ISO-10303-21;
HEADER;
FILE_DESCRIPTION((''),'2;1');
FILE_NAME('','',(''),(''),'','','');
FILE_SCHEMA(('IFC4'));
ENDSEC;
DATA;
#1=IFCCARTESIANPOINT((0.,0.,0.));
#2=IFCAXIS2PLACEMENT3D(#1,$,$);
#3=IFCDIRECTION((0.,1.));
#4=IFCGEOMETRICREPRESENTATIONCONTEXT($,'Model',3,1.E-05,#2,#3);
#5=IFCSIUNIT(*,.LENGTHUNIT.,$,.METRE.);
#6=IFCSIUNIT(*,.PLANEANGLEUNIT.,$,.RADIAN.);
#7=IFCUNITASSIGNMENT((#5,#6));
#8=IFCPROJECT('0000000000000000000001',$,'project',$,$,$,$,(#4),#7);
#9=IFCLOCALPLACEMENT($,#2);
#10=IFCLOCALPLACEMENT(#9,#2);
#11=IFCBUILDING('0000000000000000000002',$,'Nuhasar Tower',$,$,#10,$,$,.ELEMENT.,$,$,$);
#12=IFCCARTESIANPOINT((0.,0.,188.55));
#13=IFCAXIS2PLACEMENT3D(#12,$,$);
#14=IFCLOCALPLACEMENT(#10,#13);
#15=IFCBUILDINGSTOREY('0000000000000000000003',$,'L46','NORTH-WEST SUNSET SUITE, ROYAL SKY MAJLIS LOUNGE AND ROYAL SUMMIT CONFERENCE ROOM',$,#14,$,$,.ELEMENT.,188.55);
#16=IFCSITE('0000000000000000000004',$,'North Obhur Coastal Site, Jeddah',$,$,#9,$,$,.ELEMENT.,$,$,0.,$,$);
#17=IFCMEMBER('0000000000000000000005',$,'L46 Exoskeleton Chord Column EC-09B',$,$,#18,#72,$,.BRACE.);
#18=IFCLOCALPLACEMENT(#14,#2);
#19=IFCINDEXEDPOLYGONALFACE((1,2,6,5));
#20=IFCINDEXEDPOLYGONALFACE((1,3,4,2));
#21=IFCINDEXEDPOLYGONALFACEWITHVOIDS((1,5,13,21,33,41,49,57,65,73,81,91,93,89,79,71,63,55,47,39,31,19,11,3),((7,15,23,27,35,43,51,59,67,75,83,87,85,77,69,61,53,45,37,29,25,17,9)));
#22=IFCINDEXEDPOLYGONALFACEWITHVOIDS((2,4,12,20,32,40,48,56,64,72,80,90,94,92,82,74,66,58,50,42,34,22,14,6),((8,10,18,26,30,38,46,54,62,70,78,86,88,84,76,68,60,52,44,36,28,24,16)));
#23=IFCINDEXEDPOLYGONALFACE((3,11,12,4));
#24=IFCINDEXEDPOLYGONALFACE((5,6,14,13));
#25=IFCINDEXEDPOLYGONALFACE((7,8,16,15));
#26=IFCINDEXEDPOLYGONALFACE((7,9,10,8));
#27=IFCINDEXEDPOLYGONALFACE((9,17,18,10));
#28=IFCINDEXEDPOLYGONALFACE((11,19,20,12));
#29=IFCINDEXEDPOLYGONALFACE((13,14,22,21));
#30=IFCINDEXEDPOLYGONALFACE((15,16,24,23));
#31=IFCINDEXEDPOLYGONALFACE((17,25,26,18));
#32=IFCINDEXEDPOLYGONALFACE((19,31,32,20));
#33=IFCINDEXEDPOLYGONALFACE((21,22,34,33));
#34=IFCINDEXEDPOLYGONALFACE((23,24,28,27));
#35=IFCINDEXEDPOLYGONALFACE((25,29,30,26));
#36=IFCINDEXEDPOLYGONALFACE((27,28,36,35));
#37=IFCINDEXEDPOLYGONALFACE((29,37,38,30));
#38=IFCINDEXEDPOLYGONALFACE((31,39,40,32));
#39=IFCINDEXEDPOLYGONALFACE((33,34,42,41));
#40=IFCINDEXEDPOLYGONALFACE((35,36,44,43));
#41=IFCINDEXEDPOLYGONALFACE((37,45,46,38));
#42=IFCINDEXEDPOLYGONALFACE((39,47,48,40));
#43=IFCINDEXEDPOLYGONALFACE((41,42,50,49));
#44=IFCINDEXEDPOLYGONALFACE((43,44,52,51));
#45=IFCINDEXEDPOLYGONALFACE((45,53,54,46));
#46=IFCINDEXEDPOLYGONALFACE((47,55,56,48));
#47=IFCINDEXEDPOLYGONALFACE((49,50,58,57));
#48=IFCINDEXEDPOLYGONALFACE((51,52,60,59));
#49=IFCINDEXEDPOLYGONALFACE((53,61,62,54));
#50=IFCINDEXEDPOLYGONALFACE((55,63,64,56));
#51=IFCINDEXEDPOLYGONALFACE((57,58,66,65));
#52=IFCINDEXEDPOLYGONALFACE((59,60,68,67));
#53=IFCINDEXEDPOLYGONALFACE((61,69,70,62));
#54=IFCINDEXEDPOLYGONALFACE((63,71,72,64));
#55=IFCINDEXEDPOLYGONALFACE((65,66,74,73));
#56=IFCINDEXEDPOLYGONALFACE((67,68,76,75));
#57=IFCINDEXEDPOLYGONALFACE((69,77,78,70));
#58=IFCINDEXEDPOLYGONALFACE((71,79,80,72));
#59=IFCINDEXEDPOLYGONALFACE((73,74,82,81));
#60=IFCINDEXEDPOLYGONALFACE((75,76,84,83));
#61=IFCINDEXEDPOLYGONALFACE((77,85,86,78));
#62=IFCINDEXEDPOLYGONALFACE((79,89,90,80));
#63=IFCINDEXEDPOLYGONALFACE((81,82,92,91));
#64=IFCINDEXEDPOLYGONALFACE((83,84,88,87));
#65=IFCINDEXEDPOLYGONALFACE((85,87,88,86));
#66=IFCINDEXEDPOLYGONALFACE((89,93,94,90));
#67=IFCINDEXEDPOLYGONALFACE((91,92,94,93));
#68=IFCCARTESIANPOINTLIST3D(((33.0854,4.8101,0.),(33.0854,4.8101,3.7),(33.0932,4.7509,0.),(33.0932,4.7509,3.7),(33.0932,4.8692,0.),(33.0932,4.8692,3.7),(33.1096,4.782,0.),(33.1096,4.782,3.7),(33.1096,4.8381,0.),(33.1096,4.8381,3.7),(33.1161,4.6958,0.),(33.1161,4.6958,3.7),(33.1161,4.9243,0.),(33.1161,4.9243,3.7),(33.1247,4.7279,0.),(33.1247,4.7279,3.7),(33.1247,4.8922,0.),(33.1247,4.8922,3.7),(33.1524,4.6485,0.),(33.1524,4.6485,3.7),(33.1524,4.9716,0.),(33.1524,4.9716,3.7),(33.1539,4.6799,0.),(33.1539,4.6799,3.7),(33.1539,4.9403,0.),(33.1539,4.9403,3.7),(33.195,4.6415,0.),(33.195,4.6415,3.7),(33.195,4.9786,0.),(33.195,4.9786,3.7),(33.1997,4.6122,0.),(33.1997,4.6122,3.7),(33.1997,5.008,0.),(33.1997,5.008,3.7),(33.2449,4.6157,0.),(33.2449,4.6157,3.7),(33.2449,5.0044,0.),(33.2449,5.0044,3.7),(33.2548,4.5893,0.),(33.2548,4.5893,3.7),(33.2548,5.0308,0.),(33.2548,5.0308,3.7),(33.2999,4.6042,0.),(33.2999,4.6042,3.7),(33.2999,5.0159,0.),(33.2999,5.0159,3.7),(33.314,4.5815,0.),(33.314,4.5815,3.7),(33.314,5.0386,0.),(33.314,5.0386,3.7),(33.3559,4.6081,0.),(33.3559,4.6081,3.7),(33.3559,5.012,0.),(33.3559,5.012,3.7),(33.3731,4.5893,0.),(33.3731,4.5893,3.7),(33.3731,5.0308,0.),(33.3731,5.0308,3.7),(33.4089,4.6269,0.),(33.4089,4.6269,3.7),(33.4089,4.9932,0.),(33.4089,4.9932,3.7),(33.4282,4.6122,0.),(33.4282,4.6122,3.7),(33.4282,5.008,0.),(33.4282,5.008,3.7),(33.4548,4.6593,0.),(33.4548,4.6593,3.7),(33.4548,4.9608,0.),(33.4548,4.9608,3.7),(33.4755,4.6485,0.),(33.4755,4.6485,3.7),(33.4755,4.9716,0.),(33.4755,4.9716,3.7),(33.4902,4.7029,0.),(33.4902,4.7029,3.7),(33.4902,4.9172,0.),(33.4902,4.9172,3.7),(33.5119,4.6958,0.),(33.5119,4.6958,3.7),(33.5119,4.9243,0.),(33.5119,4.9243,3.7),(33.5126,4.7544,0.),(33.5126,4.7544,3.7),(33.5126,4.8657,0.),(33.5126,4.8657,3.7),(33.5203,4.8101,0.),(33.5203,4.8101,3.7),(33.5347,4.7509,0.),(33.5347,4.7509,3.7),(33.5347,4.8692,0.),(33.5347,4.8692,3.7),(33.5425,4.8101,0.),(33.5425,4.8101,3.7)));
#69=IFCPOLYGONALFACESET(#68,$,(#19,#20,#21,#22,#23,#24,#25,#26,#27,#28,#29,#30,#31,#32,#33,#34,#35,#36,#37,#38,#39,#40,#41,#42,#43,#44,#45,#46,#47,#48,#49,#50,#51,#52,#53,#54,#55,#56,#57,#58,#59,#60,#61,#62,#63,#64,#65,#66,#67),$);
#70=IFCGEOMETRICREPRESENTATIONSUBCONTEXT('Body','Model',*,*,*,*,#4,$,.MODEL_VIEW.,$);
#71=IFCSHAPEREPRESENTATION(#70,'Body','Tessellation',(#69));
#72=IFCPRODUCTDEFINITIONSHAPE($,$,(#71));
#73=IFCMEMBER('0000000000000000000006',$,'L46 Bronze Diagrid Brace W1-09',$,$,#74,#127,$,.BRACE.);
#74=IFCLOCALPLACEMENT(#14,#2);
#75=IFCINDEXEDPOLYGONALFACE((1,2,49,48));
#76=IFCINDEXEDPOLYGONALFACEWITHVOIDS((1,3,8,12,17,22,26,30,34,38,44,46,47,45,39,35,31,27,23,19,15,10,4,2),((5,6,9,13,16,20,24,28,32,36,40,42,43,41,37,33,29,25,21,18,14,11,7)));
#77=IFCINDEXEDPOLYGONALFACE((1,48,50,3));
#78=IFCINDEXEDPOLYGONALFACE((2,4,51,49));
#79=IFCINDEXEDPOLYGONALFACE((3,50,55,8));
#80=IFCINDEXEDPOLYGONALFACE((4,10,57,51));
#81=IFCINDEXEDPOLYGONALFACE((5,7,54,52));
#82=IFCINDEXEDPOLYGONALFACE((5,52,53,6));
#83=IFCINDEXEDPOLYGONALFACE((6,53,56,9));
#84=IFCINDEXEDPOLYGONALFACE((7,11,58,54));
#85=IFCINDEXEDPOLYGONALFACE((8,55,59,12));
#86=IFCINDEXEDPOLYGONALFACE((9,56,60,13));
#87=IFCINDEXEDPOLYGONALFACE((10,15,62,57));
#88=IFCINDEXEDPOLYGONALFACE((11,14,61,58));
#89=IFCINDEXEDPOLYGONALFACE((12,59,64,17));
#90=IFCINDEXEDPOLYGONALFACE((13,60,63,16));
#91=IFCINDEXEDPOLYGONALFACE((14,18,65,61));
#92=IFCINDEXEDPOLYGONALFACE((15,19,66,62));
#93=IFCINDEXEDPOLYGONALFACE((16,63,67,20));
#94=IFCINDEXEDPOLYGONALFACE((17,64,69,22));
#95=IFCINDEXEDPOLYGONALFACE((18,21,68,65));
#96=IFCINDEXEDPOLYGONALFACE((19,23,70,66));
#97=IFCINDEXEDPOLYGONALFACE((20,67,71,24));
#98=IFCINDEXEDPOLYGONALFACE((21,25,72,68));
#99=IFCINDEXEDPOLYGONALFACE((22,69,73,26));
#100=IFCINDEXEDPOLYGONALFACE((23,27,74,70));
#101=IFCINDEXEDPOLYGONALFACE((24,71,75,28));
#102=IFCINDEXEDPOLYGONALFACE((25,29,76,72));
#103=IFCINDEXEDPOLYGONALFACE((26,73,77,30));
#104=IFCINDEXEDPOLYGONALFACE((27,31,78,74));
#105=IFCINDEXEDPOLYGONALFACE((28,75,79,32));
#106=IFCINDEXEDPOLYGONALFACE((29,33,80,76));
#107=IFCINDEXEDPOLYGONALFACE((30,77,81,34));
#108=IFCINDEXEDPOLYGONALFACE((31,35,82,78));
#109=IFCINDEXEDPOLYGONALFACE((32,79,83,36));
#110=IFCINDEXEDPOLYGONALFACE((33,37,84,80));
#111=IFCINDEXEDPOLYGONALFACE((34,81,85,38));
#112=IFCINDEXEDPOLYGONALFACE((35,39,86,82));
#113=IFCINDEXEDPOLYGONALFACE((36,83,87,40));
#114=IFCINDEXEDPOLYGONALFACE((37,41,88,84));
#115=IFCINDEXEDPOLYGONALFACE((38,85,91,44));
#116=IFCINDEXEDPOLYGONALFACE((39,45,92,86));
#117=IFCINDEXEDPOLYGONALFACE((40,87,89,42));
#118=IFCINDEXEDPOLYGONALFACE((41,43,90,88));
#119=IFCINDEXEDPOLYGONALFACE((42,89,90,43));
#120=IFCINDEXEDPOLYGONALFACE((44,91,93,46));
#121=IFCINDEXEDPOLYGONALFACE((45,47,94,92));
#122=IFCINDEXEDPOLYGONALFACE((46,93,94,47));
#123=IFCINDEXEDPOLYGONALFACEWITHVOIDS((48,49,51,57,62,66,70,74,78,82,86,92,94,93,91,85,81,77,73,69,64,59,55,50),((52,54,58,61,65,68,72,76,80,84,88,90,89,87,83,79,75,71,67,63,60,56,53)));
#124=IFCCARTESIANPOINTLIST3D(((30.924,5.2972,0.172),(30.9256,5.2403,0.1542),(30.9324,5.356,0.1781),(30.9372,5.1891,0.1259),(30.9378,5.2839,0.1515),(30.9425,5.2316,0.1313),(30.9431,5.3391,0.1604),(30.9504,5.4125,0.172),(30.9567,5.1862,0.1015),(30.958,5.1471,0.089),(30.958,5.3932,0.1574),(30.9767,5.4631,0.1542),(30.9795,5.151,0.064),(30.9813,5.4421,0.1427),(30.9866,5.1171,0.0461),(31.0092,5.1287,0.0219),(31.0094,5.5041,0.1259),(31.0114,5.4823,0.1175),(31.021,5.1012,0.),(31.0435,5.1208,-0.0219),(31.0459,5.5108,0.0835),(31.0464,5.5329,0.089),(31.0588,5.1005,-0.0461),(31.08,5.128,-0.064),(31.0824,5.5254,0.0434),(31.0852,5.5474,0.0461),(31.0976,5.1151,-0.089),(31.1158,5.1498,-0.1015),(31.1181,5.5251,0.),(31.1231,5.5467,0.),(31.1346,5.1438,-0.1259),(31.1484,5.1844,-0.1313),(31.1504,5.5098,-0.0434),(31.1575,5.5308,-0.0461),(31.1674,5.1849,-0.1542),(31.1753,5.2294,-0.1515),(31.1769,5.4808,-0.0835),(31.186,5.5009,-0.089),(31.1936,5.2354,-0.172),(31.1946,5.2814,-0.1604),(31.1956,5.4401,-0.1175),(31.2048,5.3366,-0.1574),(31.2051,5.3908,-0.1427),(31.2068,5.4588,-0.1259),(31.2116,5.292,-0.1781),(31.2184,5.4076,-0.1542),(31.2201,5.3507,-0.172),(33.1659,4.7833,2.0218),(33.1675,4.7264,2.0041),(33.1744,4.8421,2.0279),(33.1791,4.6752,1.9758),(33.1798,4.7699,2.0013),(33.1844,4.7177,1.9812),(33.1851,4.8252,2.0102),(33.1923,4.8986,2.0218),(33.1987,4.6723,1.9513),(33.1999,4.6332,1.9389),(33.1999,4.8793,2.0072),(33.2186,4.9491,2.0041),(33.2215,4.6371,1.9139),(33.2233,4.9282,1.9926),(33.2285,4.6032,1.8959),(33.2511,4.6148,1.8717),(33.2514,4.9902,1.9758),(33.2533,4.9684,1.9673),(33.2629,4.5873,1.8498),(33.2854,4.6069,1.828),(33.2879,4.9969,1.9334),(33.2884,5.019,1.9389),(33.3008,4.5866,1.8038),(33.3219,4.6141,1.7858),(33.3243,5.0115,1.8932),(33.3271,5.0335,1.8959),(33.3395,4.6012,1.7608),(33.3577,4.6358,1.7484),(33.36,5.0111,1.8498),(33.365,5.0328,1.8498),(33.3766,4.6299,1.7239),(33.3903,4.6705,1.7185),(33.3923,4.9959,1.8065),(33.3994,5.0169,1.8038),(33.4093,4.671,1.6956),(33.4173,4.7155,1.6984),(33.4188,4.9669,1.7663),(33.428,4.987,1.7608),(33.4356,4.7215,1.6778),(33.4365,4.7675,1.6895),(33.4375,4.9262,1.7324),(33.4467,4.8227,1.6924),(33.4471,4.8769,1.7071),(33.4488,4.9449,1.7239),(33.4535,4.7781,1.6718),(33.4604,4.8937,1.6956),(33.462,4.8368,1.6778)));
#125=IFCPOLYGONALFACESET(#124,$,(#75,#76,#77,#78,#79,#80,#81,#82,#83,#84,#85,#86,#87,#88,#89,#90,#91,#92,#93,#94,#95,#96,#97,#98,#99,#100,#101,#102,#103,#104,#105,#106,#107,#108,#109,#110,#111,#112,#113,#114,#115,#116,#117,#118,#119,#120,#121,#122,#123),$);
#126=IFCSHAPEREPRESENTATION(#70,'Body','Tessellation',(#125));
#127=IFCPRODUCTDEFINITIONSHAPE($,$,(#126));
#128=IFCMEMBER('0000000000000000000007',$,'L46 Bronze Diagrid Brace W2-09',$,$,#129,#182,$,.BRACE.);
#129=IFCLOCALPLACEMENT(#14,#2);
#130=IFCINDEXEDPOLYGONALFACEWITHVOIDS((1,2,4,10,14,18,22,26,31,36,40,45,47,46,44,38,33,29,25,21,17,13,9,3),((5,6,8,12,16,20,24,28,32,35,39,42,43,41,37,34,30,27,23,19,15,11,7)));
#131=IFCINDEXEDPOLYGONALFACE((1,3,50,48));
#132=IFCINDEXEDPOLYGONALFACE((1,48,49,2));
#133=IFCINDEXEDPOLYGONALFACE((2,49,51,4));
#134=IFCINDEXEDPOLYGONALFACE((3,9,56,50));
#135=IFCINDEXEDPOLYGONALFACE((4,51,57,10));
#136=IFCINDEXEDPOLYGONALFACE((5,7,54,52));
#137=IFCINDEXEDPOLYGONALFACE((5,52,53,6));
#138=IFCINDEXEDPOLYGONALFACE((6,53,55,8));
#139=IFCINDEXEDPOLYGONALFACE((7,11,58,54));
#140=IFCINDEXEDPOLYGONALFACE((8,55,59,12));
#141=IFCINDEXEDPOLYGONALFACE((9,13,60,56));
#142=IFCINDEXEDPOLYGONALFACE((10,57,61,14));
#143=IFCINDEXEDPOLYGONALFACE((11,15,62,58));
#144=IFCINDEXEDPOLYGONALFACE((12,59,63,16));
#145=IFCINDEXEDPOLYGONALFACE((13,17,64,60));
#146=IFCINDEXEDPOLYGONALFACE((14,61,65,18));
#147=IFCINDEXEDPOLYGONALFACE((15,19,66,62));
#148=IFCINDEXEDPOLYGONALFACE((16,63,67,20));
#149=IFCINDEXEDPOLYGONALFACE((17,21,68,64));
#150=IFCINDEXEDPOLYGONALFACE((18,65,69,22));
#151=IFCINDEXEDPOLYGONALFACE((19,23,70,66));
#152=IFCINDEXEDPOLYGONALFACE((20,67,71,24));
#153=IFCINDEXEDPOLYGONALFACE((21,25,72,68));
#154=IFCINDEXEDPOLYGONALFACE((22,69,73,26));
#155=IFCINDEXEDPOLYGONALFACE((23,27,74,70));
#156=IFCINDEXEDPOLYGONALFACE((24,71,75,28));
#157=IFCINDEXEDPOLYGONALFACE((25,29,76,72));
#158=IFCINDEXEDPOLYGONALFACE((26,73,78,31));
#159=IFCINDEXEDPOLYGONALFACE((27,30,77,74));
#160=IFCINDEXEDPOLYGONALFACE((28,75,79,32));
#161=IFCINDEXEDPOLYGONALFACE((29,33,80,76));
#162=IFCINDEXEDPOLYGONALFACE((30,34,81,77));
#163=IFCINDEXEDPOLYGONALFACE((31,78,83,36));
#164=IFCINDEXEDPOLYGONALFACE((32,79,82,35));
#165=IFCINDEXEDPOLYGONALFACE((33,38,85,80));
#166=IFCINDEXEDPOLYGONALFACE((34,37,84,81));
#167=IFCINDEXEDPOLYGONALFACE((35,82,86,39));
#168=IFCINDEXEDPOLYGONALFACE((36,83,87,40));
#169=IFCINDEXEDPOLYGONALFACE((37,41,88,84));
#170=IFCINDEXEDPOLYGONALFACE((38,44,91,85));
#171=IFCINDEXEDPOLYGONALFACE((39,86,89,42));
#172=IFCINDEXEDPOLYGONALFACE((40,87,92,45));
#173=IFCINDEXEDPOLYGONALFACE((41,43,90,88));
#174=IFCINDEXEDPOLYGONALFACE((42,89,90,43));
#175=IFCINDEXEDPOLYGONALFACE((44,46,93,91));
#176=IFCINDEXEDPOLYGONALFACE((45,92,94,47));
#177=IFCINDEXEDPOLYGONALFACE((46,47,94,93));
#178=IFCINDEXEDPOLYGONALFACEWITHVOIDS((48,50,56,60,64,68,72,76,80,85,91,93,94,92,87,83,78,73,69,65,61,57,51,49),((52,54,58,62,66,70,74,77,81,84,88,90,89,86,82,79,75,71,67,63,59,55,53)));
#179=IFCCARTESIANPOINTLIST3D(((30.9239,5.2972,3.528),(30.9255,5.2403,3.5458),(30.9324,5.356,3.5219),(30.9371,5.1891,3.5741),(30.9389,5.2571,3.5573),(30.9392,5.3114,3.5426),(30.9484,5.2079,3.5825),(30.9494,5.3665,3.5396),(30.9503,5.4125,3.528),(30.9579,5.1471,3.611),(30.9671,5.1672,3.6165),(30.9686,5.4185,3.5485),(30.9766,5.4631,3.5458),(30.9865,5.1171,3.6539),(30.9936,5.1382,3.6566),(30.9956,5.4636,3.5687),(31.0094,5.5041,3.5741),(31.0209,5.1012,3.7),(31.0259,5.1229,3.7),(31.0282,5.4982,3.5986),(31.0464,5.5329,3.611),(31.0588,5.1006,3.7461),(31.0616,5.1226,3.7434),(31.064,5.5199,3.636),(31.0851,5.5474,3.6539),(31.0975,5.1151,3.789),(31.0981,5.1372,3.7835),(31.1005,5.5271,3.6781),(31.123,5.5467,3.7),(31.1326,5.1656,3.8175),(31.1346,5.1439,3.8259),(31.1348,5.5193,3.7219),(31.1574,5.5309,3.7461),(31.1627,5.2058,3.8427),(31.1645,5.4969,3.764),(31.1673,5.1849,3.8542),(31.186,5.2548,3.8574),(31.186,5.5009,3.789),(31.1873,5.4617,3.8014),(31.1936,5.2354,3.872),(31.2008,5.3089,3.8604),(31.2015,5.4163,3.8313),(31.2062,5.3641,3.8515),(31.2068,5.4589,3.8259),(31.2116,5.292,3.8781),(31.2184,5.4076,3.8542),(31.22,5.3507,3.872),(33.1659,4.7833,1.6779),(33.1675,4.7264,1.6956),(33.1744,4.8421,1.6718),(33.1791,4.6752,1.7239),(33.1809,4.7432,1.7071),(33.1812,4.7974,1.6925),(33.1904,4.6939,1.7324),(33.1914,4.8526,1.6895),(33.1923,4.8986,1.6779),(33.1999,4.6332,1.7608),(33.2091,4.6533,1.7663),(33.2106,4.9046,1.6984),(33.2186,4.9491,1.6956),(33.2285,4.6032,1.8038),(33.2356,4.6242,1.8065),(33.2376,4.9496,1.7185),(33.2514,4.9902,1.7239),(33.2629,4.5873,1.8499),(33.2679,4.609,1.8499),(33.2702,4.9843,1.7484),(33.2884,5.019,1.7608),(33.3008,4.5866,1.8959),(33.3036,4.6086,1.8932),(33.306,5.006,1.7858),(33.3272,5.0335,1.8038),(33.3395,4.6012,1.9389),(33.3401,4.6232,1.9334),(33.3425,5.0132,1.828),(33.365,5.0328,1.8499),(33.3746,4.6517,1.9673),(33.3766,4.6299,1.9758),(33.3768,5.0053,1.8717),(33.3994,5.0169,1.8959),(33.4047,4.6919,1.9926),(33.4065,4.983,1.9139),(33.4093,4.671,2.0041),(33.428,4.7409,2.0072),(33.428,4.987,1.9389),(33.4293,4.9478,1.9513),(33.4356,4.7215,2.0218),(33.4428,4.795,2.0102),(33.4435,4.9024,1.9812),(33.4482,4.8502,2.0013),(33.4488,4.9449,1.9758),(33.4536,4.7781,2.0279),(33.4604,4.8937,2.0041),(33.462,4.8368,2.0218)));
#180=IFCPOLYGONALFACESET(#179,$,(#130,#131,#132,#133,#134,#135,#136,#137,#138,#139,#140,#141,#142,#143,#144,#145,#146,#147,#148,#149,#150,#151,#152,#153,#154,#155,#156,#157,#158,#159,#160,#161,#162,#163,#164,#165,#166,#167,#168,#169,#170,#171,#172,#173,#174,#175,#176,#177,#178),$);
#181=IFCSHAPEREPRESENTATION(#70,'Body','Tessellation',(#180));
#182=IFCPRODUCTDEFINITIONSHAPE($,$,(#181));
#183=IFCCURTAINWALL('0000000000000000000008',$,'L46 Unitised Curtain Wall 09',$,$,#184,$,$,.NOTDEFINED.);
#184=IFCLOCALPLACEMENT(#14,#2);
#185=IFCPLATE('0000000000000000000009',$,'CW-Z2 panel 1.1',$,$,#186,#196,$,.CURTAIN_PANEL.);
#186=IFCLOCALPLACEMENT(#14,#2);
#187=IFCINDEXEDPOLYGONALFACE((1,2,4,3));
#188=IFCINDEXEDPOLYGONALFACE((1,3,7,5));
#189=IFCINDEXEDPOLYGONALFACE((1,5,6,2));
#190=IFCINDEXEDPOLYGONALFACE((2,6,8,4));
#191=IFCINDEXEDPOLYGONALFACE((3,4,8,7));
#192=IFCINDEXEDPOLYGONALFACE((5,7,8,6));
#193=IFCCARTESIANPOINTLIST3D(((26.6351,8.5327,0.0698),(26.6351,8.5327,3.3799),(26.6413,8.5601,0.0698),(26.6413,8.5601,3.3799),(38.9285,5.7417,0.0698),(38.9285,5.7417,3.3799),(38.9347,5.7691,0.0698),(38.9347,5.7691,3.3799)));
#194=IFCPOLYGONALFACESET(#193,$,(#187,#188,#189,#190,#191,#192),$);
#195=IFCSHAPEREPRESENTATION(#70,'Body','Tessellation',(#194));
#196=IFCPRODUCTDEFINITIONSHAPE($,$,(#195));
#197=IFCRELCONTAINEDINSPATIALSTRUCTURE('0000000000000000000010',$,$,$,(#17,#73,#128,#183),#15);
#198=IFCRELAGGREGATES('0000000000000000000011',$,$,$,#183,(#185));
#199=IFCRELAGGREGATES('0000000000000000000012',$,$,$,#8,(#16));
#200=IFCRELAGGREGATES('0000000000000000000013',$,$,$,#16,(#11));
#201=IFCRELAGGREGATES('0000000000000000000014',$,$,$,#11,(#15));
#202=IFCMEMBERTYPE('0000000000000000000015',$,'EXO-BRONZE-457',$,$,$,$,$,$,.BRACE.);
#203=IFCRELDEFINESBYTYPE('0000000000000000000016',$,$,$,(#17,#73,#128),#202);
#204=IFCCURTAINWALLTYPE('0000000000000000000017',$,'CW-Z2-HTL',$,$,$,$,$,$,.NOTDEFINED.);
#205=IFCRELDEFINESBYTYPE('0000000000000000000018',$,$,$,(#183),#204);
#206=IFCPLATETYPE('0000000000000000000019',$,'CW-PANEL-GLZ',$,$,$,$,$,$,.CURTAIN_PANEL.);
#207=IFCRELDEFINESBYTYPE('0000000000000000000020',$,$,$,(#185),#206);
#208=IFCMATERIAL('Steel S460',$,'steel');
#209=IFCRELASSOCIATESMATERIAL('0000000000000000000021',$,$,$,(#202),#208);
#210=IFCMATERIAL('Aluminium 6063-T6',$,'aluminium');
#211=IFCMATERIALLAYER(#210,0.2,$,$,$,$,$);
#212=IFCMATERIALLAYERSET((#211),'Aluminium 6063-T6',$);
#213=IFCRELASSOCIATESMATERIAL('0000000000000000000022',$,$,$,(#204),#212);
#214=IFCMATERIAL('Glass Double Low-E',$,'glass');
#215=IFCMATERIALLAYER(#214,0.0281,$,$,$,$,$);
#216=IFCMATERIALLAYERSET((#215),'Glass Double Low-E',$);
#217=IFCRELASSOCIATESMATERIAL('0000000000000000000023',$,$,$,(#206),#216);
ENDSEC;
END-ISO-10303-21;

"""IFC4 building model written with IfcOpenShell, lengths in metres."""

from ifc_helpers import new_model, si_unit, direction, frame, origin, origin_2d, place, context, subcontext, project, spatial, rectangle, hollow_circle, extrude, material, layer, layer_set, material_profile, profile_set, type_object, element, aggregate, save


model = new_model("IFC4")

# Units and contexts
model_context = context("Model", 3, precision=1e-05, world=origin(), true_north=direction((0.0, 1.0)))
body_context = subcontext(model_context, "Body", "Model", "MODEL_VIEW")
ifc_project = project(units=[si_unit("LENGTHUNIT", "METRE"), si_unit("PLANEANGLEUNIT", "RADIAN")], contexts=[model_context])

# Site, building, storey
site_placement = place(None, origin())
site = spatial("IfcSite", under=ifc_project, at=site_placement, Name="North Obhur Coastal Site, Jeddah", CompositionType="ELEMENT", RefElevation=0.0)
building_placement = place(site_placement, origin())
building = spatial("IfcBuilding", under=site, at=building_placement, Name="Nuhasar Tower", CompositionType="ELEMENT")
storey_placement = place(building_placement, frame((0.0, 0.0, 188.55)))
storey = spatial("IfcBuildingStorey", under=building, at=storey_placement, Name="L46", Description="NORTH-WEST SUNSET SUITE, ROYAL SKY MAJLIS LOUNGE AND ROYAL SUMMIT CONFERENCE ROOM", CompositionType="ELEMENT", Elevation=188.55)

# Members
ifc_material_1 = material(Name="Steel S460", Category="steel")
ifc_material_profile_1 = material_profile(ifc_material_1, hollow_circle(Radius=0.2285, WallThickness=0.0222, at=origin_2d()), Name="HSS457X22.2")
ifc_profile_set_1 = profile_set([ifc_material_profile_1], Name="Steel S460")
member_type = type_object("IfcMemberType", Name="EXO-BRONZE-457", PredefinedType="BRACE", material=ifc_profile_set_1)
for number, where, z_axis, x_axis, name in (
    (1, (33.314, 4.8101, 0.0), (0.0, 0.0, 1.0), (1.0, 0.0, 0.0), "L46 Exoskeleton Chord Column EC-09B"),
):
    element("IfcMember", number, at=place(storey_placement, frame(where, z_axis=z_axis, x_axis=x_axis)), inside=storey, type_object=member_type, Name=name, PredefinedType="BRACE", context=body_context, shape_type="SweptSolid", body=[
        extrude(hollow_circle(Radius=0.2285, WallThickness=0.0222, at=origin_2d()), origin(), (0.0, 0.0, 1.0), 3.7),
    ])
member_1_placement = place(storey_placement, frame((31.072, 5.324, 0.0), z_axis=(0.75955, -0.17411, 0.626713), x_axis=(0.223433, 0.974719, 0.0)))
element("IfcMember", 2, at=member_1_placement, inside=storey, type_object=member_type, Name="L46 Bronze Diagrid Brace W1-09", PredefinedType="BRACE", context=body_context, shape_type="SweptSolid", body=[
    extrude(hollow_circle(Radius=0.2285, WallThickness=0.0222, at=origin_2d()), origin(), (0.0, 0.0, 1.0), 2.9517),
])
member_2_placement = place(storey_placement, frame((33.314, 4.8101, 1.8499), z_axis=(-0.75951, 0.174101, 0.626764), x_axis=(-0.223433, -0.974719, 0.0)))
element("IfcMember", 3, at=member_2_placement, inside=storey, type_object=member_type, Name="L46 Bronze Diagrid Brace W2-09", PredefinedType="BRACE", context=body_context, shape_type="SweptSolid", body=[
    extrude(hollow_circle(Radius=0.2285, WallThickness=0.0222, at=origin_2d()), origin(), (0.0, 0.0, 1.0), 2.9519),
])

# Curtain wall, plate
ifc_material_2 = material(Name="Aluminium 6063-T6", Category="aluminium")
ifc_layer_1 = layer(ifc_material_2, 0.2)
ifc_layer_set_1 = layer_set([ifc_layer_1], Name="Aluminium 6063-T6")
curtain_wall_type = type_object("IfcCurtainWallType", Name="CW-Z2-HTL", PredefinedType="NOTDEFINED", material=ifc_layer_set_1)
curtain_wall_placement = place(storey_placement, origin())
curtain_wall = element("IfcCurtainWall", 4, at=curtain_wall_placement, inside=storey, type_object=curtain_wall_type, Name="L46 Unitised Curtain Wall 09", PredefinedType="NOTDEFINED")
ifc_material_3 = material(Name="Glass Double Low-E", Category="glass")
ifc_layer_2 = layer(ifc_material_3, 0.0281)
ifc_layer_set_2 = layer_set([ifc_layer_2], Name="Glass Double Low-E")
plate_type = type_object("IfcPlateType", Name="CW-PANEL-GLZ", PredefinedType="CURTAIN_PANEL", material=ifc_layer_set_2)
plate_placement = place(storey_placement, frame((32.7849, 7.1509, 0.0698), z_axis=(0.0, 0.0, 1.0), x_axis=(0.975184, -0.221397, 0.0)))
plate = element("IfcPlate", 5, at=plate_placement, type_object=plate_type, Name="CW-Z2 panel 1.1", PredefinedType="CURTAIN_PANEL", context=body_context, shape_type="SweptSolid", body=[
    extrude(rectangle(XDim=12.6062, YDim=0.0281, at=origin_2d()), origin(), (0.0, 0.0, 1.0), 3.3101),
])
aggregate(curtain_wall, [plate])

save(model, "model.ifc")
